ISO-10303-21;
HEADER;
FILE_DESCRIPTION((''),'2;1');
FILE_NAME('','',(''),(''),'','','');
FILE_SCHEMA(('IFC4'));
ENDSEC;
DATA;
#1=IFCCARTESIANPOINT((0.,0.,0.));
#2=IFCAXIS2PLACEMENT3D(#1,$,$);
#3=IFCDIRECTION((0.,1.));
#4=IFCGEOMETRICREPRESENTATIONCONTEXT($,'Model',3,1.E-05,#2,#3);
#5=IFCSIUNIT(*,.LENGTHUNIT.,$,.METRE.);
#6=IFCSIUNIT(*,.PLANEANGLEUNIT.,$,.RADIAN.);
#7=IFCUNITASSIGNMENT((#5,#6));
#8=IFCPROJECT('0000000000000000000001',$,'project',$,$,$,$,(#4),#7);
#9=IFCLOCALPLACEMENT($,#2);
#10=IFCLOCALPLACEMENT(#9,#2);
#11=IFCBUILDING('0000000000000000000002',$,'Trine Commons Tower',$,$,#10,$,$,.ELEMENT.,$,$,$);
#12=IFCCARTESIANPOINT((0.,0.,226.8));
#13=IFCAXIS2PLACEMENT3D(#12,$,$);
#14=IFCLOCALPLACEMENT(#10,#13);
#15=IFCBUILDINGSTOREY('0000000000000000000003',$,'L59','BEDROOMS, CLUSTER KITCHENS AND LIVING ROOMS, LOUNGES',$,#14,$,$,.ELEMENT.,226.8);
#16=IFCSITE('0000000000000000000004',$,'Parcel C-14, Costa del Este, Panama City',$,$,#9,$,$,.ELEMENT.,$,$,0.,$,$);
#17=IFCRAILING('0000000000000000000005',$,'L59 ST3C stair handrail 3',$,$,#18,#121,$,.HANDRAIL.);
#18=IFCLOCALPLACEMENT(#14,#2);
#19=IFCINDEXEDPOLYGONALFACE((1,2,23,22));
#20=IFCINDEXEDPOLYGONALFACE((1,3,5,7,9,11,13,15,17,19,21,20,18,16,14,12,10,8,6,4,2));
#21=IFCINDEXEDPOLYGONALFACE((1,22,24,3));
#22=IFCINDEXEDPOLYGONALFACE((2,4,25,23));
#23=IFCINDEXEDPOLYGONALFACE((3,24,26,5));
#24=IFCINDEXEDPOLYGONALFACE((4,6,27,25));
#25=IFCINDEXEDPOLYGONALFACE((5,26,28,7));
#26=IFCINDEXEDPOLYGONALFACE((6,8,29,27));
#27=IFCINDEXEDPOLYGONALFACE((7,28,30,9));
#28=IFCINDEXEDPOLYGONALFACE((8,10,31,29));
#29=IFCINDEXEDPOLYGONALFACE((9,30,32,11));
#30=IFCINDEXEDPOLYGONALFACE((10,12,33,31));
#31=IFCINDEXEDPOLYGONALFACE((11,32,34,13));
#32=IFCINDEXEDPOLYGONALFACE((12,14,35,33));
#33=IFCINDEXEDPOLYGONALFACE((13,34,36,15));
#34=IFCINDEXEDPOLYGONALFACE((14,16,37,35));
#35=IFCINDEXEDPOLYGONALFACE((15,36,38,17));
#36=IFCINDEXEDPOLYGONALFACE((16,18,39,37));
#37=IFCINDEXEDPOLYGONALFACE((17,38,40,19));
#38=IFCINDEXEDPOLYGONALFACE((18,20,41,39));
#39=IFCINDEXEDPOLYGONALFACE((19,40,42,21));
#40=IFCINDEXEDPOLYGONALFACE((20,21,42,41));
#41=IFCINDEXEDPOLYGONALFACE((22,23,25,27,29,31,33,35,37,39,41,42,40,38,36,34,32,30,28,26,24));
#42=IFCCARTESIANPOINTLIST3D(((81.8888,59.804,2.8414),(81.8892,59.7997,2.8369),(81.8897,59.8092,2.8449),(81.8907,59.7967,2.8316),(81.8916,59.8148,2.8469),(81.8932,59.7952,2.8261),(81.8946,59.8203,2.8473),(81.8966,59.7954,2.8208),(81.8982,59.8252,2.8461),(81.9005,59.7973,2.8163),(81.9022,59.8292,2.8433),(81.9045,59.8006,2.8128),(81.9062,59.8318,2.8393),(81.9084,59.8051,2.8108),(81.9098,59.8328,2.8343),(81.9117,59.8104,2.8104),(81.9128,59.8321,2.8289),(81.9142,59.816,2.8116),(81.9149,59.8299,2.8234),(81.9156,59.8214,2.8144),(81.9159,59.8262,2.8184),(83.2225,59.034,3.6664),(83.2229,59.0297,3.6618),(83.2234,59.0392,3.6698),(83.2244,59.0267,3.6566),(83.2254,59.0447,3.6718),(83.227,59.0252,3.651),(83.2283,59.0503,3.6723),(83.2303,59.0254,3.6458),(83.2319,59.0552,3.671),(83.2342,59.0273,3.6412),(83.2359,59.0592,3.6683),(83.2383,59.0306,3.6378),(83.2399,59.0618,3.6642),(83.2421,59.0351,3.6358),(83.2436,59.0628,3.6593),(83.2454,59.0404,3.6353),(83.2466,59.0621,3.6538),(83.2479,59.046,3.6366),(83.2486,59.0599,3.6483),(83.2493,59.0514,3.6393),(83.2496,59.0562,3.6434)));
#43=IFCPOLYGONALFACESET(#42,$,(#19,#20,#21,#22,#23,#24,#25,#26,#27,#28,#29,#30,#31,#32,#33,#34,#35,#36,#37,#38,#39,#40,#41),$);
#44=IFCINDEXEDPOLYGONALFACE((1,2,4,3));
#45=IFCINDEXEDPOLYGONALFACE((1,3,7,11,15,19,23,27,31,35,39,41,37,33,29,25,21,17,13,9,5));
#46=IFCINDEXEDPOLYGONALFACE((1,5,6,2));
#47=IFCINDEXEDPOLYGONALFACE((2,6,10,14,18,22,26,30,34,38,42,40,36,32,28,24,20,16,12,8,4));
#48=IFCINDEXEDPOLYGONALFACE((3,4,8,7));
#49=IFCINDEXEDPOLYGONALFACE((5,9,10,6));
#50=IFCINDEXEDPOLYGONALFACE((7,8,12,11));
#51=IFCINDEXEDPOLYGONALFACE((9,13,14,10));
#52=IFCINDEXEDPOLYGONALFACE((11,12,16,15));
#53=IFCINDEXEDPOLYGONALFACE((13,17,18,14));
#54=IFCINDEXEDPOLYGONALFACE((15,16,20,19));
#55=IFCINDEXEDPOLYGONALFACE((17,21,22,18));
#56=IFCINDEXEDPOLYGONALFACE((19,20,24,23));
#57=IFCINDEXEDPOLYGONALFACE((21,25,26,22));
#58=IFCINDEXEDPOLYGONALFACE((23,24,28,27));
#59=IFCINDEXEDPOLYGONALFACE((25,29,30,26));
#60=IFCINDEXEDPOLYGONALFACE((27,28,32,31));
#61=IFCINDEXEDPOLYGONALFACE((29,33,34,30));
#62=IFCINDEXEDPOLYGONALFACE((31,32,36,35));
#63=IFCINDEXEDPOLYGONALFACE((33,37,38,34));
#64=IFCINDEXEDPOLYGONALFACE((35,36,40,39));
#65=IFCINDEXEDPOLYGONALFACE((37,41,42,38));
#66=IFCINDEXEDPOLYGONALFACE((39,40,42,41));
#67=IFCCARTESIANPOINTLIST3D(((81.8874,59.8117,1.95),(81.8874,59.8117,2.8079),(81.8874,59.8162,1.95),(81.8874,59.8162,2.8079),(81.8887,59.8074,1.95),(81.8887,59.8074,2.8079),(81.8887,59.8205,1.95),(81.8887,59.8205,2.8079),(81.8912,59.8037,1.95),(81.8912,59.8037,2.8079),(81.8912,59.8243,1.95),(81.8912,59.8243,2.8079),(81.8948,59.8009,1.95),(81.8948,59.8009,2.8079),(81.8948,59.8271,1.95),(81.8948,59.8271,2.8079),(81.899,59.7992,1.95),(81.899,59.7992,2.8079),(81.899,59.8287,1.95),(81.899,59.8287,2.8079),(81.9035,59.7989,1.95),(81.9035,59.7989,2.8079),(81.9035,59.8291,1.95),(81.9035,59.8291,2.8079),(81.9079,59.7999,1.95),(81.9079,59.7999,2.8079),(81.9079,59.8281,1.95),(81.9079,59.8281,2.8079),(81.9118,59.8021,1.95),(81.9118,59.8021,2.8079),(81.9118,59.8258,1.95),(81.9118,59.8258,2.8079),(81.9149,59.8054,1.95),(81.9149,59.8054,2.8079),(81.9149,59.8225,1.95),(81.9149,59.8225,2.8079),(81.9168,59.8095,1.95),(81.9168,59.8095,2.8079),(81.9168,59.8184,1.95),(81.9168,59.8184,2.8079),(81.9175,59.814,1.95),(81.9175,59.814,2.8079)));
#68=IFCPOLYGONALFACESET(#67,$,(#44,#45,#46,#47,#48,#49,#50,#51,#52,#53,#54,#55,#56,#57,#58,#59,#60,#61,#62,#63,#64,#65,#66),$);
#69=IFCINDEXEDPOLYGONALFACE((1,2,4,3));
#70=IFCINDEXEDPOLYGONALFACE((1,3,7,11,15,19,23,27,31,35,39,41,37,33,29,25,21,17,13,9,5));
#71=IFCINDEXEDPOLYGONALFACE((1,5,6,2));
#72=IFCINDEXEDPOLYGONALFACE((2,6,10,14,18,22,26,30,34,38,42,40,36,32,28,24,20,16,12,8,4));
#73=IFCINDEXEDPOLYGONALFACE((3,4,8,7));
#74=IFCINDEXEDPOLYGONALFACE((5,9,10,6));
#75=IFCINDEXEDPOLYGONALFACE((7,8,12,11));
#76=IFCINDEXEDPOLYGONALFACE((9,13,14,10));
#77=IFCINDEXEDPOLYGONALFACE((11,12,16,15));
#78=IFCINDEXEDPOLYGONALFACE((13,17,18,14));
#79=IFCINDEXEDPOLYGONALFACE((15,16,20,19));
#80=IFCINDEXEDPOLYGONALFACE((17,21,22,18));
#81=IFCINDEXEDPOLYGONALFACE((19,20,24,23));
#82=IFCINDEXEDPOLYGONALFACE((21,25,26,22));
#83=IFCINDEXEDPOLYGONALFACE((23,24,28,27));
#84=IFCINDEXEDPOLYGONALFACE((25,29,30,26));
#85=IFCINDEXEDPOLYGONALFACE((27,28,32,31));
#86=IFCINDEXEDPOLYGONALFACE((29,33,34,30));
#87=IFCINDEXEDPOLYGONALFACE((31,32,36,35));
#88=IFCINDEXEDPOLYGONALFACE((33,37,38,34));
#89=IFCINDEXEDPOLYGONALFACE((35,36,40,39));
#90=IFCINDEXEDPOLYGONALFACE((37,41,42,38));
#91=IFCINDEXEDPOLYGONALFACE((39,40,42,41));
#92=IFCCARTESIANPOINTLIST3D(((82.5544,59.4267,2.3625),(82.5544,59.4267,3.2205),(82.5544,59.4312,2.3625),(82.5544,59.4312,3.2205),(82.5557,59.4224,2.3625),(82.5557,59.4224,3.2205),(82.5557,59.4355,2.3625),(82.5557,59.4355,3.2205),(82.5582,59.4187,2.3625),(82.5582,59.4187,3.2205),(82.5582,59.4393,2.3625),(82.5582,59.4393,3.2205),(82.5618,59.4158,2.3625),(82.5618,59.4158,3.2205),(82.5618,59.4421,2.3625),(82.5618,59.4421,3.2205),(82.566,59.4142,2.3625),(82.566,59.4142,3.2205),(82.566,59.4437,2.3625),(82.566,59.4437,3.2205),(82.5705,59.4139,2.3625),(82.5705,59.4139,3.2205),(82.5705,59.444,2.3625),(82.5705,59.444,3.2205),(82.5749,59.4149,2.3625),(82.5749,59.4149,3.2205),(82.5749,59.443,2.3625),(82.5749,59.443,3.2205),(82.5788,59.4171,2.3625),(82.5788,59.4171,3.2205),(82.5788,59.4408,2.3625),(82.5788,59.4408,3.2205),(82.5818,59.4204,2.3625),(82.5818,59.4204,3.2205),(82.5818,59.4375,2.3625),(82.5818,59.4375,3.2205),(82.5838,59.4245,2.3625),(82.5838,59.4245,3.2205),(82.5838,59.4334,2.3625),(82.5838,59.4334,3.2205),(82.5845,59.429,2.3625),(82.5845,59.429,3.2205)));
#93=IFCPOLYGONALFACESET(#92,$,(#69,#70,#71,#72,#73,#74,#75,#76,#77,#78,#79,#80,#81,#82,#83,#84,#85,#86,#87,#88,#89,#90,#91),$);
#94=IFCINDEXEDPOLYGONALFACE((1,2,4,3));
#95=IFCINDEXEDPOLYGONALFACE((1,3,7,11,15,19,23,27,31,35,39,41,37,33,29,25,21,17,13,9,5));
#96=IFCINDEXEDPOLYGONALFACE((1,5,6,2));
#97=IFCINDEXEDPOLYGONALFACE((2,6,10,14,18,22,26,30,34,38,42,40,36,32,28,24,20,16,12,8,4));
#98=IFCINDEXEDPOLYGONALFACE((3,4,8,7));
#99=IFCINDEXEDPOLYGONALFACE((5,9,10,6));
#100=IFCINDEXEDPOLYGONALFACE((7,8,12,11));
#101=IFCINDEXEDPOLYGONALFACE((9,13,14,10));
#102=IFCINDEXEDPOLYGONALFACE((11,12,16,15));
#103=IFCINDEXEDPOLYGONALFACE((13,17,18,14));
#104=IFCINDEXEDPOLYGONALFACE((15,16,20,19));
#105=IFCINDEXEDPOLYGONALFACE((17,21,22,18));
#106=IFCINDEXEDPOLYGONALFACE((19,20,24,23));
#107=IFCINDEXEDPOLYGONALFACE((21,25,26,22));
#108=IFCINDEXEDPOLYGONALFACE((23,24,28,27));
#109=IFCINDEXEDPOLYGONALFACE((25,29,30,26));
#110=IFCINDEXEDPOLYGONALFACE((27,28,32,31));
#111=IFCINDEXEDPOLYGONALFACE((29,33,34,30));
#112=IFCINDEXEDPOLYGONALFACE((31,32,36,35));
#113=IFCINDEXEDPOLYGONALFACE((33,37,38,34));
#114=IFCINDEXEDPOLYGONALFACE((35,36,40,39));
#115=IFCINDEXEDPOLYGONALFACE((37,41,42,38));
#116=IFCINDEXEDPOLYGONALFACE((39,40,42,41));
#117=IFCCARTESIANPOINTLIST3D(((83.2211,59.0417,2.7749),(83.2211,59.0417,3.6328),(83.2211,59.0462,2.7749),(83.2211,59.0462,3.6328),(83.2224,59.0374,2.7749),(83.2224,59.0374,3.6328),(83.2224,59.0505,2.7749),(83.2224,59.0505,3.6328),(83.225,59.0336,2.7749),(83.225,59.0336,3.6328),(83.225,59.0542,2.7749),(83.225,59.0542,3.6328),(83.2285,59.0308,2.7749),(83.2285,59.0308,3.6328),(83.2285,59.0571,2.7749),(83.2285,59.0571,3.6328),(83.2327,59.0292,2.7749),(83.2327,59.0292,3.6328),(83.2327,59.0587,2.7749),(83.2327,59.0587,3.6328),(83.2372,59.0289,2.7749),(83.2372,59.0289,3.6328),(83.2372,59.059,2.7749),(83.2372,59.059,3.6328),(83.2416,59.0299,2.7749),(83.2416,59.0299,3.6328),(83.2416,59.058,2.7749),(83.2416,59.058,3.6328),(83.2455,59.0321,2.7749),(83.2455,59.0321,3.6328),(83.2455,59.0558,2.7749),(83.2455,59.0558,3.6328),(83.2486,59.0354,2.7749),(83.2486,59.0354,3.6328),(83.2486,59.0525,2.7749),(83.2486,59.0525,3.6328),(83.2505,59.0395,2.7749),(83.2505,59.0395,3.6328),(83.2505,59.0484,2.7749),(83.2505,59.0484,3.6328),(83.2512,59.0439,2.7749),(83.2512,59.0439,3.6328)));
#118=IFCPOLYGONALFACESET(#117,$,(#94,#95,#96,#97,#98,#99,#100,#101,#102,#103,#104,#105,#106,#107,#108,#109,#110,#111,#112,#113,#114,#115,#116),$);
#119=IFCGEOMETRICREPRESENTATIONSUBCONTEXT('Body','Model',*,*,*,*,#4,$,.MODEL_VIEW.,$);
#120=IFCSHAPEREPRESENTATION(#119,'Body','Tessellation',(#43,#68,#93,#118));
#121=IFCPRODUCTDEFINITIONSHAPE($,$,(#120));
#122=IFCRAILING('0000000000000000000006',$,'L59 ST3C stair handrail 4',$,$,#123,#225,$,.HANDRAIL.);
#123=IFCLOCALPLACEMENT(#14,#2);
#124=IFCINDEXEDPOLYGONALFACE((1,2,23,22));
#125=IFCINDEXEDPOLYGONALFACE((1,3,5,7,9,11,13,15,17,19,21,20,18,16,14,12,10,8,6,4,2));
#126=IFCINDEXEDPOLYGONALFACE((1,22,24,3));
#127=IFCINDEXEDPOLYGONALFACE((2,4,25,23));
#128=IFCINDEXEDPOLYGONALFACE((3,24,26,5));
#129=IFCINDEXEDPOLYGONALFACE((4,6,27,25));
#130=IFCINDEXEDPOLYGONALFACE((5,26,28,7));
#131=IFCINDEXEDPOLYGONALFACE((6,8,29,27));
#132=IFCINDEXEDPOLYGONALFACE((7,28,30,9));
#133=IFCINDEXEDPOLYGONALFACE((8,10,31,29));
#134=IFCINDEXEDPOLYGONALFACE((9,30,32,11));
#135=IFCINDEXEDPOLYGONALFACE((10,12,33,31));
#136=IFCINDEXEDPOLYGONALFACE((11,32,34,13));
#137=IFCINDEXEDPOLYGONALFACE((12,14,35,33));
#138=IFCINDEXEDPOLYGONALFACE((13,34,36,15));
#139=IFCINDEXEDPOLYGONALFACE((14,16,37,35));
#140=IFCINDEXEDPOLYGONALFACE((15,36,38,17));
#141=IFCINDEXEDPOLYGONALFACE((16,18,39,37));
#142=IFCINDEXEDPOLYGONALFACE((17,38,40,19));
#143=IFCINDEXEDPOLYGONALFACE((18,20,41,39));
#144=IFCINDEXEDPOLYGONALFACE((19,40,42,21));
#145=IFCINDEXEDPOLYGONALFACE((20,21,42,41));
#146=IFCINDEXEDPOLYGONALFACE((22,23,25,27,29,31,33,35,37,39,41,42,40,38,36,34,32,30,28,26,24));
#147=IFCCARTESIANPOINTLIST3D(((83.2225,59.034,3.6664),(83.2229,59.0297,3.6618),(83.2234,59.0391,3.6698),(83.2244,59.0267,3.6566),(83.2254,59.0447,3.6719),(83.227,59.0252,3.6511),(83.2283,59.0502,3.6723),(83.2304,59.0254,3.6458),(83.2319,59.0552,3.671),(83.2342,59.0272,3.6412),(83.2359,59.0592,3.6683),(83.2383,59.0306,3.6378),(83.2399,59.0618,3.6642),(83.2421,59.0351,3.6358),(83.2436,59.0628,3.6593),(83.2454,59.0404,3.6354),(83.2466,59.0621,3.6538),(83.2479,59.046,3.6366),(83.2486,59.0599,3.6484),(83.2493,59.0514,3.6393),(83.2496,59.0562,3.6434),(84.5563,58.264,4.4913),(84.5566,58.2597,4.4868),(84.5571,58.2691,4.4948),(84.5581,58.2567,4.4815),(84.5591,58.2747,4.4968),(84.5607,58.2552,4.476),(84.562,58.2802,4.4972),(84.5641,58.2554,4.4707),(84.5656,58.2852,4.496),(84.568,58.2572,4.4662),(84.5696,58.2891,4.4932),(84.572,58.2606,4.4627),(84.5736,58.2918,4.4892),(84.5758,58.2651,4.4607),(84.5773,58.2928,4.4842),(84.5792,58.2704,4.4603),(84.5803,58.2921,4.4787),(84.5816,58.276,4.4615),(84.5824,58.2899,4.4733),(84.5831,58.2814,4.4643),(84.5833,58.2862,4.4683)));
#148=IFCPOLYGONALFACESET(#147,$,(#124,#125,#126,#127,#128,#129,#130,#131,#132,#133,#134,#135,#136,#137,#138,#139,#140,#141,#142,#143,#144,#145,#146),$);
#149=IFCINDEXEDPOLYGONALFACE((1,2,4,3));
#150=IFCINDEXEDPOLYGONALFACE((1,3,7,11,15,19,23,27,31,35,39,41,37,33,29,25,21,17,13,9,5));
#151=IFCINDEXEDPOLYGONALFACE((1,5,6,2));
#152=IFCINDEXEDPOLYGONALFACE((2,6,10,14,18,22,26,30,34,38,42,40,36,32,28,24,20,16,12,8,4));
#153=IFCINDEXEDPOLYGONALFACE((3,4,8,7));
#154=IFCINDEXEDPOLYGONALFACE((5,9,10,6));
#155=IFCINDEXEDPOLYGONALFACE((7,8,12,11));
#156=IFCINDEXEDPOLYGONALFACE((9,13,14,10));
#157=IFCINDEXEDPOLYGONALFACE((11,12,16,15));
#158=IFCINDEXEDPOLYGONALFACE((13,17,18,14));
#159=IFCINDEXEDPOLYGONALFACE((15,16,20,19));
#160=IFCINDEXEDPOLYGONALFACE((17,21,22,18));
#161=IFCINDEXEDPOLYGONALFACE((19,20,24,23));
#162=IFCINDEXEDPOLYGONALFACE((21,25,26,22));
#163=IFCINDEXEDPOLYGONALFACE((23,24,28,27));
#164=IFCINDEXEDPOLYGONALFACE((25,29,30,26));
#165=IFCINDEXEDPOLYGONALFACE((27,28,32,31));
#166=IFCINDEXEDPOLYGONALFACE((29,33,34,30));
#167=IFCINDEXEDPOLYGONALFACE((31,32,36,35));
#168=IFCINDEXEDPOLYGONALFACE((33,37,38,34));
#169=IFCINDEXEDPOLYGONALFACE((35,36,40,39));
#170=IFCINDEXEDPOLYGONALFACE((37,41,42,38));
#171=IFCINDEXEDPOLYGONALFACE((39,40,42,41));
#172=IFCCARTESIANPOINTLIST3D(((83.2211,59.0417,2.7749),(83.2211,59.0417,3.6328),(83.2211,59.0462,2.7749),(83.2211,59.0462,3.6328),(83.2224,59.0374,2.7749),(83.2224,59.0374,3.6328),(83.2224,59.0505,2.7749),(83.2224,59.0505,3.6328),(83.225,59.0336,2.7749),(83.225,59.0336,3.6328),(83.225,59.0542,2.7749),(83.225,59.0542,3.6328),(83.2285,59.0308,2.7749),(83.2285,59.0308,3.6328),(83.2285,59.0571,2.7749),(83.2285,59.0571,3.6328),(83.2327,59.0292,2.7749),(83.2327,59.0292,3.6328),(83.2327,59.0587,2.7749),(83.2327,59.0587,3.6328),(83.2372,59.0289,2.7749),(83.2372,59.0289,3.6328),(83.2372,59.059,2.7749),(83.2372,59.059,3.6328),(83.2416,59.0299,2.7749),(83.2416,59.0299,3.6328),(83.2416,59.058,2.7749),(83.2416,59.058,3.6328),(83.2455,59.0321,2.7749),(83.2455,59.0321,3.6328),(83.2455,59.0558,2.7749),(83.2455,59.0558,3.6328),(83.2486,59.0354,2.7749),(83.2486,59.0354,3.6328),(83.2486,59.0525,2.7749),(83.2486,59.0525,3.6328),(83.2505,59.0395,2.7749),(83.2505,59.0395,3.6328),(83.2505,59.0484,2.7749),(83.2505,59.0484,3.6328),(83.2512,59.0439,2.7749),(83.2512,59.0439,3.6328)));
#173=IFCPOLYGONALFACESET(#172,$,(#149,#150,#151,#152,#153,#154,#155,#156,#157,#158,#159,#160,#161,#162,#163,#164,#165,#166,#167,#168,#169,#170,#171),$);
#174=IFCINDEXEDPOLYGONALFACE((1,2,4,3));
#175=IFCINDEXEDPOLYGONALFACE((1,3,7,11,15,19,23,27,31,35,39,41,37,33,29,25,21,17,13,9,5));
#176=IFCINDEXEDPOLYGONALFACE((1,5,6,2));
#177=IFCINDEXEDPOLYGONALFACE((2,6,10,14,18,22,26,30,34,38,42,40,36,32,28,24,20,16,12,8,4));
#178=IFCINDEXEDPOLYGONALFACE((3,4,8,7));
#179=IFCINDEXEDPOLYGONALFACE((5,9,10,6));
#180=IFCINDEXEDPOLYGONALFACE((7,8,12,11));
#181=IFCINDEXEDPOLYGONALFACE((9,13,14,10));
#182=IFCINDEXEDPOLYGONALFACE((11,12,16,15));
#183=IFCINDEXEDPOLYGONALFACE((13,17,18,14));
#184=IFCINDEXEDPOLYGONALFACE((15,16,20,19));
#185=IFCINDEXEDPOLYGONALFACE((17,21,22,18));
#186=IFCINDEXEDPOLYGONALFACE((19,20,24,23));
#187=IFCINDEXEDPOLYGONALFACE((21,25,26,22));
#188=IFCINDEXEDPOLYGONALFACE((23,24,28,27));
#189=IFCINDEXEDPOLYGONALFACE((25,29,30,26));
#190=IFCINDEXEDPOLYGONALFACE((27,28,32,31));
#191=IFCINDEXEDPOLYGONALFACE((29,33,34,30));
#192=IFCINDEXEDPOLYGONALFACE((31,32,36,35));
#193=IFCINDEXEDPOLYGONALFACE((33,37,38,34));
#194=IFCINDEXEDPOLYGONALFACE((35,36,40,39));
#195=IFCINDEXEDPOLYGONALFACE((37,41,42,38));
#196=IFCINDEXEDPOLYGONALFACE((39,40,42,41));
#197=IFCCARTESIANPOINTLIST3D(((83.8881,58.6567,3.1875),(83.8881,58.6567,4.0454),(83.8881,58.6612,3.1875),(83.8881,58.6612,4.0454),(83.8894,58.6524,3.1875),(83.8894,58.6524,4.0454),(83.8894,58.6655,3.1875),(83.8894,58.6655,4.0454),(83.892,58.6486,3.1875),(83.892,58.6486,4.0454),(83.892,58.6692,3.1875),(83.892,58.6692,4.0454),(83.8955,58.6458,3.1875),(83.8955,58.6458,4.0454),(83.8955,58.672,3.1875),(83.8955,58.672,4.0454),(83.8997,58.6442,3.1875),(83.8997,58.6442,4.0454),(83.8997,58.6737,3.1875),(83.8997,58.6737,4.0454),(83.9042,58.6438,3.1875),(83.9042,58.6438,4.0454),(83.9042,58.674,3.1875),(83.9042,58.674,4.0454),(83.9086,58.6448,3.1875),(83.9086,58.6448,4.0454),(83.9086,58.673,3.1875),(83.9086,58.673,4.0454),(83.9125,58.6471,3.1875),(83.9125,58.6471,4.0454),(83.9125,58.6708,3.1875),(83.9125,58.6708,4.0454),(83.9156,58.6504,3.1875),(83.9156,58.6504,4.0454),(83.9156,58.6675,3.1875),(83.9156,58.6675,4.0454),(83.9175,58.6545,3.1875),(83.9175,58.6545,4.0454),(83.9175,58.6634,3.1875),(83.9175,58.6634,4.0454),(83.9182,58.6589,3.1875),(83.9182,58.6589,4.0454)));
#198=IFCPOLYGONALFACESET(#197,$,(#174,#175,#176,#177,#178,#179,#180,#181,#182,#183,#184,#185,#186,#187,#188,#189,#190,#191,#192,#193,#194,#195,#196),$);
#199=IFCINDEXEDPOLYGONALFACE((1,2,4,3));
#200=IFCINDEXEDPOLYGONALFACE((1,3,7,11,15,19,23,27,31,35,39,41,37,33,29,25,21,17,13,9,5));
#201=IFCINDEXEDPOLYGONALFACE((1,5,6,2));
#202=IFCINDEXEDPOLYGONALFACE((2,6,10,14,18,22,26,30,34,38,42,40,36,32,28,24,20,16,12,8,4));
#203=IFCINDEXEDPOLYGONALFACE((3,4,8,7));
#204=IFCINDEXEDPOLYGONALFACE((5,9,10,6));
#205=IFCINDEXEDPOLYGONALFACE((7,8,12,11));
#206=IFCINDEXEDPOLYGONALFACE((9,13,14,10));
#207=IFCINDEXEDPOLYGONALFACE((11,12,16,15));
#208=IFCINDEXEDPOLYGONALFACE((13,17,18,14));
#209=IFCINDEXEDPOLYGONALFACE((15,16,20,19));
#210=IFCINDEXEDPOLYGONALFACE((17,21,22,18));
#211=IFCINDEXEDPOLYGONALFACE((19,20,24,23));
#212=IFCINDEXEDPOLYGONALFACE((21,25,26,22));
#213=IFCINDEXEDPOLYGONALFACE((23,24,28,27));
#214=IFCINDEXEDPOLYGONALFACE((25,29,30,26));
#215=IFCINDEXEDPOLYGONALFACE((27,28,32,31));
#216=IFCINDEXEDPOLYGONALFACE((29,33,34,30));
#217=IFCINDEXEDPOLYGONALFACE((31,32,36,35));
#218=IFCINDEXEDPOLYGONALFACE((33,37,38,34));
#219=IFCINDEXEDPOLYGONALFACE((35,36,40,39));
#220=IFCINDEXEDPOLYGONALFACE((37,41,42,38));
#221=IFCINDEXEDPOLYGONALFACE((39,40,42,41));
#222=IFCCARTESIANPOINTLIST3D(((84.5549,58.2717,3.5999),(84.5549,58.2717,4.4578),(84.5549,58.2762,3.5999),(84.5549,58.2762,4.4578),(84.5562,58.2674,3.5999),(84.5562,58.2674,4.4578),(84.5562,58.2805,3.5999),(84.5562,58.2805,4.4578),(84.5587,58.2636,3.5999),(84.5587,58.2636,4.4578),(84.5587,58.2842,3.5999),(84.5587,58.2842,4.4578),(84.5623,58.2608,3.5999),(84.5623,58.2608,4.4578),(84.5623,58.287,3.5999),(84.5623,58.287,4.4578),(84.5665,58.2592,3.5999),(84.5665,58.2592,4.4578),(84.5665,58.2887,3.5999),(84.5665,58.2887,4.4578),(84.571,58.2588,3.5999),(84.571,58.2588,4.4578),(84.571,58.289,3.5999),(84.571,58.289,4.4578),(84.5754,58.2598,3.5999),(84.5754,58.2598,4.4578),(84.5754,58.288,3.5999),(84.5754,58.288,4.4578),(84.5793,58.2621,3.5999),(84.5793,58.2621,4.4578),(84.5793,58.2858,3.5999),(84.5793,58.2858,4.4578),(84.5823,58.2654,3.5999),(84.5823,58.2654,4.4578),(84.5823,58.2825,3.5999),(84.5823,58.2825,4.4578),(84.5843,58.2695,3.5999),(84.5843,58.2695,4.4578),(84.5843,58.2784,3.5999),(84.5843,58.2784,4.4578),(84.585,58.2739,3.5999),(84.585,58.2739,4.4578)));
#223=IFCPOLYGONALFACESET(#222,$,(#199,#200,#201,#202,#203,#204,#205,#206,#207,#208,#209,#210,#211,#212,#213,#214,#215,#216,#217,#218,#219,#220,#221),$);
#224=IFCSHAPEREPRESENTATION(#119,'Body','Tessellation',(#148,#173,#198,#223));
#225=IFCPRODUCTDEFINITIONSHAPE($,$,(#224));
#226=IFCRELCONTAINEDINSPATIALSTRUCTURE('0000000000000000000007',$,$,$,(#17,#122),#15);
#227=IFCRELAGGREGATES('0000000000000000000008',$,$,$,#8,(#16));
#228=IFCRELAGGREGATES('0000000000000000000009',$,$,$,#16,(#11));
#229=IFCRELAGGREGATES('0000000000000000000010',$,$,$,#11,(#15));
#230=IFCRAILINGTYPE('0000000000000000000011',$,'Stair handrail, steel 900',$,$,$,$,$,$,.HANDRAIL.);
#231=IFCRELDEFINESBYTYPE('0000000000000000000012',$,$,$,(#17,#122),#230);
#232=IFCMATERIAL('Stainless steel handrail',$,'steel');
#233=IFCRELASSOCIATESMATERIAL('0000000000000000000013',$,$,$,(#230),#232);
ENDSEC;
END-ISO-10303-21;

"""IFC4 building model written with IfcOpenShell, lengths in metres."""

from ifc_helpers import new_model, si_unit, direction, frame, origin, origin_2d, place, context, subcontext, project, spatial, circle, extrude, material, type_object, element, save


model = new_model("IFC4")

# Units and contexts
model_context = context("Model", 3, precision=1e-05, world=origin(), true_north=direction((0.0, 1.0)))
body_context = subcontext(model_context, "Body", "Model", "MODEL_VIEW")
ifc_project = project(units=[si_unit("LENGTHUNIT", "METRE"), si_unit("PLANEANGLEUNIT", "RADIAN")], contexts=[model_context])

# Site, building, storey
site_placement = place(None, origin())
site = spatial("IfcSite", under=ifc_project, at=site_placement, Name="Parcel C-14, Costa del Este, Panama City", CompositionType="ELEMENT", RefElevation=0.0)
building_placement = place(site_placement, origin())
building = spatial("IfcBuilding", under=site, at=building_placement, Name="Trine Commons Tower", CompositionType="ELEMENT")
storey_placement = place(building_placement, frame((0.0, 0.0, 226.8)))
storey = spatial("IfcBuildingStorey", under=building, at=storey_placement, Name="L59", Description="BEDROOMS, CLUSTER KITCHENS AND LIVING ROOMS, LOUNGES", CompositionType="ELEMENT", Elevation=226.8)

# Railings
ifc_material_1 = material(Name="Stainless steel handrail", Category="steel")
railing_type_1 = type_object("IfcRailingType", Name="Stair handrail, steel 900", PredefinedType="HANDRAIL", material=ifc_material_1)
for number, where, name in (
    (1, (81.9023, 59.814, 1.95), "L59 ST3C stair handrail 3"),
    (2, (83.2361, 59.0439, 2.7749), "L59 ST3C stair handrail 4"),
):
    element("IfcRailing", number, at=place(storey_placement, frame(where)), inside=storey, type_object=railing_type_1, Name=name, PredefinedType="HANDRAIL", context=body_context, shape_type="SweptSolid", body=[
        extrude(circle(Radius=0.021, at=origin_2d()), frame((0.0, 0.0, 0.8789), z_axis=(0.763405, -0.440743, 0.472185), x_axis=(0.499992, 0.86603, 0.0)), (0.0, 0.0, 1.0), 1.7471),
        extrude(circle(Radius=0.0151, at=origin_2d()), origin(), (0.0, 0.0, 1.0), 0.8579),
        extrude(circle(Radius=0.0151, at=origin_2d()), frame((0.667, -0.385, 0.4126)), (0.0, 0.0, 1.0), 0.8579),
        extrude(circle(Radius=0.0151, at=origin_2d()), frame((1.3337, -0.77, 0.825)), (0.0, 0.0, 1.0), 0.8579),
    ])

save(model, "model.ifc")
